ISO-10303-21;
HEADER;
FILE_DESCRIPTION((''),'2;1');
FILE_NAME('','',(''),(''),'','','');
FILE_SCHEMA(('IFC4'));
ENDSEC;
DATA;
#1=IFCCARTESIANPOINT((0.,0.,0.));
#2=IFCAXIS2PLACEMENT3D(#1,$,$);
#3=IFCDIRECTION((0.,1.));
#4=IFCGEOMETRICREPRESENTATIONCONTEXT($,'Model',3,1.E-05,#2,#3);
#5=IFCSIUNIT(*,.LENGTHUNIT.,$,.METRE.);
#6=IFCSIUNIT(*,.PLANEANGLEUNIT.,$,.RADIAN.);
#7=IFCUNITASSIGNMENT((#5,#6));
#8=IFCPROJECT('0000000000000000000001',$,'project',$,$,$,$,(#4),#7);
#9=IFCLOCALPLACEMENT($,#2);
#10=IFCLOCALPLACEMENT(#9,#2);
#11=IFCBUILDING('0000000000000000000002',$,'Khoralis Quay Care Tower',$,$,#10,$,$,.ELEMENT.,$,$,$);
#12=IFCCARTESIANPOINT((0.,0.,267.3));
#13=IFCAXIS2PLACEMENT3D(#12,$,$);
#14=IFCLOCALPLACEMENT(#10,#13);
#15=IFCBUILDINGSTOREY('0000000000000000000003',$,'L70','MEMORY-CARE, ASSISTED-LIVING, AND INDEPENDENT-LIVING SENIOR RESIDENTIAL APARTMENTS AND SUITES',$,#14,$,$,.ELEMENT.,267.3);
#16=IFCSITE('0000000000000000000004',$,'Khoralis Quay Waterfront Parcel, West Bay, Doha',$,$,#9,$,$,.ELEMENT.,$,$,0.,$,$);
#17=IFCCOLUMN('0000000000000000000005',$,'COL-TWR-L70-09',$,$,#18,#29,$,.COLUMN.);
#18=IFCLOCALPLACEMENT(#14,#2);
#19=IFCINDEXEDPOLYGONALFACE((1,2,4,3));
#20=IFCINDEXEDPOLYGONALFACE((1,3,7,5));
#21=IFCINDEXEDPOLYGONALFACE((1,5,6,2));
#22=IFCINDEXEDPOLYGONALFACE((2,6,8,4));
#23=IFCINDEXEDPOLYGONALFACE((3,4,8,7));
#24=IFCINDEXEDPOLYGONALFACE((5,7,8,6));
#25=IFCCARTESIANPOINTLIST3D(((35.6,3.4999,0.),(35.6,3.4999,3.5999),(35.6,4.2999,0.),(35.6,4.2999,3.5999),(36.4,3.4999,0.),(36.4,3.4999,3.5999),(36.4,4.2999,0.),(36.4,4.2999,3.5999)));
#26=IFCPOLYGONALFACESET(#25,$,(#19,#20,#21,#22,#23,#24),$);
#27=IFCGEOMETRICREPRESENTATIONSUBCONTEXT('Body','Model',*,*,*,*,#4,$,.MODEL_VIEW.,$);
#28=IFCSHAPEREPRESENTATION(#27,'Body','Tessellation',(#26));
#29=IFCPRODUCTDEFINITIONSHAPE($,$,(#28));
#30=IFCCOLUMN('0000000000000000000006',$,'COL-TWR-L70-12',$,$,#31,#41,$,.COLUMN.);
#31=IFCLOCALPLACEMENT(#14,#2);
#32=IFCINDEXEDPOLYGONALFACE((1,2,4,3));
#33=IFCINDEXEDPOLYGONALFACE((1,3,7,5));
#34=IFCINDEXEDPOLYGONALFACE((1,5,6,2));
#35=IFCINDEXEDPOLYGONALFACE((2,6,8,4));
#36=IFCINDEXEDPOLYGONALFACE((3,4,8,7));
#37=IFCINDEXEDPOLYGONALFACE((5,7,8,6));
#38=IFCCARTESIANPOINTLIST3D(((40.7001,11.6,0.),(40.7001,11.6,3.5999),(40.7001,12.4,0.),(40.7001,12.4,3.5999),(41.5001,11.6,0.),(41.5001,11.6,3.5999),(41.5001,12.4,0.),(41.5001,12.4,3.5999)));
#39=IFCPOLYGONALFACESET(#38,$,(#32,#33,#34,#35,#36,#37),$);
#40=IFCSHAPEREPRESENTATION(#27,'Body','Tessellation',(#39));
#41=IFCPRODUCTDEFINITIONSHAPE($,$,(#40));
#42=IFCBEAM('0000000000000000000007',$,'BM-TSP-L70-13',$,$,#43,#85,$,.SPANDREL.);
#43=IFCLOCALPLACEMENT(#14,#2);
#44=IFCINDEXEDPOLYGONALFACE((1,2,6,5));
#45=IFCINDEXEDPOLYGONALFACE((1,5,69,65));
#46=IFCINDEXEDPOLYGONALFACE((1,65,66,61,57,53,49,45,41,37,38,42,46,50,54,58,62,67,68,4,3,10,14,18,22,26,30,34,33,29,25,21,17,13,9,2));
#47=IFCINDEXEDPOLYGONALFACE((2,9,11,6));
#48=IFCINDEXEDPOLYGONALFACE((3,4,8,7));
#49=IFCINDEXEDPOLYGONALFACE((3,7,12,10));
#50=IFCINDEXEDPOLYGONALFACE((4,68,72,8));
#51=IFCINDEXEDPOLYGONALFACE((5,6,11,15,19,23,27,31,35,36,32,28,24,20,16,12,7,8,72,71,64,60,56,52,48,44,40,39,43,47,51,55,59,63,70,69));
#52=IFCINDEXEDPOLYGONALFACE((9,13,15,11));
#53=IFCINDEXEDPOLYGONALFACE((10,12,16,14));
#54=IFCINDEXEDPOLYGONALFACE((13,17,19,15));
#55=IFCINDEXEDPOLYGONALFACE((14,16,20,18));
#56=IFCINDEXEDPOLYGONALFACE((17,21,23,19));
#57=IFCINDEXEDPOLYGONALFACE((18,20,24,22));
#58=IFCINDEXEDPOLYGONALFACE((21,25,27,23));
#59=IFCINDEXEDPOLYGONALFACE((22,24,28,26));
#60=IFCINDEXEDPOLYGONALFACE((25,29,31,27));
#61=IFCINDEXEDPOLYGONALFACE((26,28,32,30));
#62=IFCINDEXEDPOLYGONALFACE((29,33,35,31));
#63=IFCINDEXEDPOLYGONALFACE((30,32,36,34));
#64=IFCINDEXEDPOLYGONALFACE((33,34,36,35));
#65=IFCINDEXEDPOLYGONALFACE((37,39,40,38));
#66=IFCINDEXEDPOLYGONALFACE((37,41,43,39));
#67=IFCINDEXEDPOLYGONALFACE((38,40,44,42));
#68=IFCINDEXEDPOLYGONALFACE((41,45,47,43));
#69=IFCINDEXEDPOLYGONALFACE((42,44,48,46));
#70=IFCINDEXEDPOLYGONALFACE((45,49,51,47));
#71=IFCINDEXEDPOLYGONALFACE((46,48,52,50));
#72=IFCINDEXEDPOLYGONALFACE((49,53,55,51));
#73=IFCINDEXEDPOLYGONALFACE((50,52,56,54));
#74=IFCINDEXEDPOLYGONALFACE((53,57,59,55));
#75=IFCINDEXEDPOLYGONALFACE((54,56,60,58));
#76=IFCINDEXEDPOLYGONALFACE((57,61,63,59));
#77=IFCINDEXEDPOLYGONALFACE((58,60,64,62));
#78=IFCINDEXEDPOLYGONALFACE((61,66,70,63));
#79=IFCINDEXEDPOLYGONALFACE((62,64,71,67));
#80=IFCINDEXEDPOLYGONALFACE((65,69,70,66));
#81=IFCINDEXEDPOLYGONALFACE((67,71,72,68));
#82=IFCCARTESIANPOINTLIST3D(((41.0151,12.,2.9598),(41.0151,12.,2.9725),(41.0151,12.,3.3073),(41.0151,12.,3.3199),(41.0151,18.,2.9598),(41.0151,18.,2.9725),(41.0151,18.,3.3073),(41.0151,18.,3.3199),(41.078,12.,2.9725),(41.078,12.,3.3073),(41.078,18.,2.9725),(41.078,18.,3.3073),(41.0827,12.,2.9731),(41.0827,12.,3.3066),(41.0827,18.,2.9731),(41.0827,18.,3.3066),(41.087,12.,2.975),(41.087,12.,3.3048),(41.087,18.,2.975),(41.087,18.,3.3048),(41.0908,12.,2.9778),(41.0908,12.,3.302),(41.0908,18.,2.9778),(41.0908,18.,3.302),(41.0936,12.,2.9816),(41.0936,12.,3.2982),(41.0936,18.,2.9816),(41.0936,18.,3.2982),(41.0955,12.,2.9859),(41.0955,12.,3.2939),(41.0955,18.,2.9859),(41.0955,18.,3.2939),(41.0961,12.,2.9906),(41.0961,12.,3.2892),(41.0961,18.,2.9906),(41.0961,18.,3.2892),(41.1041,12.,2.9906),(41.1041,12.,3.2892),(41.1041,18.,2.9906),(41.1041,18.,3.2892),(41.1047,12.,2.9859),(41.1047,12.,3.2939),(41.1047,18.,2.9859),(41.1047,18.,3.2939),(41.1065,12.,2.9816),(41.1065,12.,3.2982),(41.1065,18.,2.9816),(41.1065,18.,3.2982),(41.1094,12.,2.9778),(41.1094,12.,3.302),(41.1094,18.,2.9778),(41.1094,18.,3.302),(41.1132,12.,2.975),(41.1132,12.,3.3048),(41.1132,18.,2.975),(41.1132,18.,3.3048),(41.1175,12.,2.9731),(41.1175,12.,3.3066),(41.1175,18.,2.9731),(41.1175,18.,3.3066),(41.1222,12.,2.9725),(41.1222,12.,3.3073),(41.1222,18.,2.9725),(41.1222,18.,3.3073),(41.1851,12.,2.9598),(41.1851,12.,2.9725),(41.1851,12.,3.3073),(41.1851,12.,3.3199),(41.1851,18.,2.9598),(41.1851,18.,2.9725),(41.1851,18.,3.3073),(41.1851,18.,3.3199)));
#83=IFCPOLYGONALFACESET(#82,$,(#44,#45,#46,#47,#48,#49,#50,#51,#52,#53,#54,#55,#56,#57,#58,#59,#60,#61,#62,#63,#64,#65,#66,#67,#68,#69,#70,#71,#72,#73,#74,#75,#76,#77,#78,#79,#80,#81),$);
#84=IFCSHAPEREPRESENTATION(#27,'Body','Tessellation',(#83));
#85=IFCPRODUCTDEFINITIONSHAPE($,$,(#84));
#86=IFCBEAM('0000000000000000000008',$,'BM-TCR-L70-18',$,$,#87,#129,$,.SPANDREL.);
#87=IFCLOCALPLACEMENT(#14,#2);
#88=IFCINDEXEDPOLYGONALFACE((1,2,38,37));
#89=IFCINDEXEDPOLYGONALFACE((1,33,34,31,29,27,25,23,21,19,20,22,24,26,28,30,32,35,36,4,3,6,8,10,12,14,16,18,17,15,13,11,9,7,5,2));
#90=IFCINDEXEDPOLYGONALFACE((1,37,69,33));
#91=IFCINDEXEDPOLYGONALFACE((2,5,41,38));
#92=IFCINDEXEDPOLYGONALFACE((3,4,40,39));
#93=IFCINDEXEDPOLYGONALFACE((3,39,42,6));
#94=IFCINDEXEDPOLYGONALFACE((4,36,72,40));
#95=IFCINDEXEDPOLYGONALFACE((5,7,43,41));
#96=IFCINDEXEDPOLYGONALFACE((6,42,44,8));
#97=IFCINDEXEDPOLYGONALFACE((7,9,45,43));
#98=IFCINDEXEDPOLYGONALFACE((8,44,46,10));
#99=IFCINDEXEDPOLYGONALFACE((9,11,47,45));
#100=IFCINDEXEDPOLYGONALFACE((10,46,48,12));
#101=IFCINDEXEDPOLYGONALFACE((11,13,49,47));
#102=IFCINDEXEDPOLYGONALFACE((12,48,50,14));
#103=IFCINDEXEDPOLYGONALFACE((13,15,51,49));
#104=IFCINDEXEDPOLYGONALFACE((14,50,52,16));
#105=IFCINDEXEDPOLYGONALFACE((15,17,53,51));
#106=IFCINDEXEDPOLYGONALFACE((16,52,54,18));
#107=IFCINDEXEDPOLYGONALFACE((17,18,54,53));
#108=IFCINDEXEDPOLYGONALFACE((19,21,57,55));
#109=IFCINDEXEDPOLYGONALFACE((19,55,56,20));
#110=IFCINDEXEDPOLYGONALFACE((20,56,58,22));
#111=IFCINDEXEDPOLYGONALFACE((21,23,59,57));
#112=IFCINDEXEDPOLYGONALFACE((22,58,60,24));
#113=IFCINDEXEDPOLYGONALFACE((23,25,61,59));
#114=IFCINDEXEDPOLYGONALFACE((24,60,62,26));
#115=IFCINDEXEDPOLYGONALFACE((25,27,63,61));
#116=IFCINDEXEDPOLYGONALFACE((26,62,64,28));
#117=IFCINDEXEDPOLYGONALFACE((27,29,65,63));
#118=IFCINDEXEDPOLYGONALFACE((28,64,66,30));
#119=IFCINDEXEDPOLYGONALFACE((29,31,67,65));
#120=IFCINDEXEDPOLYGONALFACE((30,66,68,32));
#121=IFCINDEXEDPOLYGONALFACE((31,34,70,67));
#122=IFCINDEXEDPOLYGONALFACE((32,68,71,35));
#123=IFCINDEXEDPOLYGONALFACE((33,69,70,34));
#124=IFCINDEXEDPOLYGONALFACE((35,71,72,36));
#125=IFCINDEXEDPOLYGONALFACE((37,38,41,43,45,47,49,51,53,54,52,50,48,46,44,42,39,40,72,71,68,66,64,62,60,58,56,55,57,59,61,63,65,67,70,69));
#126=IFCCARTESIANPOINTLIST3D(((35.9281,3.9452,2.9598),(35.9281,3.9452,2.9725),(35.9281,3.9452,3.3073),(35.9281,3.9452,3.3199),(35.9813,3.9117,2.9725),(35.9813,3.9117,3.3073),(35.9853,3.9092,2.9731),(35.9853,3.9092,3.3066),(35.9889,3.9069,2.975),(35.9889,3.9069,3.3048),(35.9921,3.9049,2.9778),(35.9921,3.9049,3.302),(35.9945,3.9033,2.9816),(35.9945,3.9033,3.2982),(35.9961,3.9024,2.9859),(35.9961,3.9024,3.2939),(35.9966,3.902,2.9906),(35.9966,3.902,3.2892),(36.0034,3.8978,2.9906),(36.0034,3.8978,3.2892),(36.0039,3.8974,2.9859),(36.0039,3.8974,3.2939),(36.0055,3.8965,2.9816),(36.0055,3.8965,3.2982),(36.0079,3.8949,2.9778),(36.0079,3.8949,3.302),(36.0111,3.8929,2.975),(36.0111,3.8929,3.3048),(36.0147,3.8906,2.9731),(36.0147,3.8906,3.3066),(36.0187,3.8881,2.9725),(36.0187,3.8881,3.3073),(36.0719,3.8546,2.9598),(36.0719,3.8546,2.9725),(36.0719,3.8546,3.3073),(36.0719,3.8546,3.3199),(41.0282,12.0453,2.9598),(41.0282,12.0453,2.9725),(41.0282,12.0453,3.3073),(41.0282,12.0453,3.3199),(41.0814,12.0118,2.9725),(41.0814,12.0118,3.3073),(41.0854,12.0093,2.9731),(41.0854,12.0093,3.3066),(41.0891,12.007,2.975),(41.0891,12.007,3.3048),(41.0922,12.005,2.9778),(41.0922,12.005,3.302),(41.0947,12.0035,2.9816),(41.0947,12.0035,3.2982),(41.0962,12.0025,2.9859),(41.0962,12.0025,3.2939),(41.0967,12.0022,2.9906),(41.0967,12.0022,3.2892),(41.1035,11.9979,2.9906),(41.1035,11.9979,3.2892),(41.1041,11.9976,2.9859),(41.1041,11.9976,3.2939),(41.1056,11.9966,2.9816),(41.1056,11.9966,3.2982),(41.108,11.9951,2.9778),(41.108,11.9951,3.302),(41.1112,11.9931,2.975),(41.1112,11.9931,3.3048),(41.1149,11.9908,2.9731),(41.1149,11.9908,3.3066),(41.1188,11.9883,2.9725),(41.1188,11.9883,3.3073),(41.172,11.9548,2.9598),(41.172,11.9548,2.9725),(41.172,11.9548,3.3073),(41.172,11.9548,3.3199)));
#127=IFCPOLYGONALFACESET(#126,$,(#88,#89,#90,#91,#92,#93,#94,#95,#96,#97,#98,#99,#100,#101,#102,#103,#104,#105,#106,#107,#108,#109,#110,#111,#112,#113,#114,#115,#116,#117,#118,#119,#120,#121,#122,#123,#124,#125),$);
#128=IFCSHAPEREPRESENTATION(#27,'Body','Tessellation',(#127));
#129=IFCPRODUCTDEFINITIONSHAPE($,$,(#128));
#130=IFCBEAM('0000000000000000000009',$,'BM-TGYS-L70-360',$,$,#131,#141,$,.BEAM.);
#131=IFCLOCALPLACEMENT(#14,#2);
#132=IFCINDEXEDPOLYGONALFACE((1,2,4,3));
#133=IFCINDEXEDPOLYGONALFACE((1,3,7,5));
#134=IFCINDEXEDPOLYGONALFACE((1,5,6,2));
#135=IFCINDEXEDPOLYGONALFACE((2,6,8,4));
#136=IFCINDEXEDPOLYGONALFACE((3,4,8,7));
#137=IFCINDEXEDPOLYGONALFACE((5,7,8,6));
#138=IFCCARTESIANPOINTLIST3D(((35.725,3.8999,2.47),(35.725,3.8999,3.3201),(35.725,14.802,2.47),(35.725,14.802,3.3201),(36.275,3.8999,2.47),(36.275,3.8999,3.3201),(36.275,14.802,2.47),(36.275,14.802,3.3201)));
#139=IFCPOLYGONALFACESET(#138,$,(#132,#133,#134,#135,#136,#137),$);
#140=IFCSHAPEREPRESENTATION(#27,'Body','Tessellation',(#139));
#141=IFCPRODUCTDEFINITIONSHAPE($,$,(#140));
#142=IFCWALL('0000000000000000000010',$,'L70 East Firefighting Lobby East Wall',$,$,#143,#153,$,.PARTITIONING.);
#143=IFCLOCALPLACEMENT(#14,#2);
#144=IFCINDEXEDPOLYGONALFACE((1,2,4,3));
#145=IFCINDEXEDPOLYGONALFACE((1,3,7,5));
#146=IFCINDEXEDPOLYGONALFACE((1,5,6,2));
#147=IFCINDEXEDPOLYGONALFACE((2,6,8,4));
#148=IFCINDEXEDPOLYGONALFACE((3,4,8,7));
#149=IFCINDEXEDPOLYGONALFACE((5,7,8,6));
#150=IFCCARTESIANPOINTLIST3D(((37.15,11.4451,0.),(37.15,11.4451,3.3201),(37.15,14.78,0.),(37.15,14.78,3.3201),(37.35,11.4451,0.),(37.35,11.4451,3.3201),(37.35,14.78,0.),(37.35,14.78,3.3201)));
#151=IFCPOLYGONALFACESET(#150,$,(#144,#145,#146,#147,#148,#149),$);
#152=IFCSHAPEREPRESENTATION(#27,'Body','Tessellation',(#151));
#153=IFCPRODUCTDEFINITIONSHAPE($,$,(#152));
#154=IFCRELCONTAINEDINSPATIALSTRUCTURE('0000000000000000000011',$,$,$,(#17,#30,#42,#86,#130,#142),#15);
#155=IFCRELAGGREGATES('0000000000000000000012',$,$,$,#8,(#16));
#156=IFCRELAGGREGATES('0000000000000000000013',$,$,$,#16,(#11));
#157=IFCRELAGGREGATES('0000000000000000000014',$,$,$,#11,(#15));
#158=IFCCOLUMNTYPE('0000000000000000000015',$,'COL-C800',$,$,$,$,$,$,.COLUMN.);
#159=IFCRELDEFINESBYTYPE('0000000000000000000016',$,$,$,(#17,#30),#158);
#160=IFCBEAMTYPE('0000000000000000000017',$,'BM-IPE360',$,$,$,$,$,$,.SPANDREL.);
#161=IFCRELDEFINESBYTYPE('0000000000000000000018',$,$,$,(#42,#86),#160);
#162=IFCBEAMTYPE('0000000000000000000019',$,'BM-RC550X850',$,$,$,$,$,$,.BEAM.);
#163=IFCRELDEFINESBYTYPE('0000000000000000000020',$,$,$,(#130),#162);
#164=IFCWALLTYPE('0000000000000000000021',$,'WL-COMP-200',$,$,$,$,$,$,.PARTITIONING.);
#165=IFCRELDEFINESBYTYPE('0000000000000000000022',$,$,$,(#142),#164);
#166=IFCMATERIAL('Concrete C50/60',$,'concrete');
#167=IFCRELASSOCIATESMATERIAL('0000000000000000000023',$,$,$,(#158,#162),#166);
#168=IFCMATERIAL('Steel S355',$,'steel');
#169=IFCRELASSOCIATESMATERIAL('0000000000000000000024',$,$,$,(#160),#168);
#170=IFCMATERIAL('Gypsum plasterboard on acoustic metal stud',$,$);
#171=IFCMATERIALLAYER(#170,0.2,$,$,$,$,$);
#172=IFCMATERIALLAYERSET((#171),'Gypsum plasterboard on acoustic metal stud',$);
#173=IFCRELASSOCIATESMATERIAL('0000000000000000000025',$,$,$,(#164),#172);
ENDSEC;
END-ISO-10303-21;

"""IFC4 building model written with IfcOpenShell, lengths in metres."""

from ifc_helpers import new_model, si_unit, direction, frame, frame_2d, origin, origin_2d, place, context, subcontext, project, spatial, rectangle, i_section, extrude, source, transform, mapped, material, layer, layer_set, material_profile, profile_set, type_object, element, save


model = new_model("IFC4")

# Units and contexts
model_context = context("Model", 3, precision=1e-05, world=origin(), true_north=direction((0.0, 1.0)))
body_context = subcontext(model_context, "Body", "Model", "MODEL_VIEW")
ifc_project = project(units=[si_unit("LENGTHUNIT", "METRE"), si_unit("PLANEANGLEUNIT", "RADIAN")], contexts=[model_context])

# Site, building, storey
site_placement = place(None, origin())
site = spatial("IfcSite", under=ifc_project, at=site_placement, Name="Khoralis Quay Waterfront Parcel, West Bay, Doha", CompositionType="ELEMENT", RefElevation=0.0)
building_placement = place(site_placement, origin())
building = spatial("IfcBuilding", under=site, at=building_placement, Name="Khoralis Quay Care Tower", CompositionType="ELEMENT")
storey_placement = place(building_placement, frame((0.0, 0.0, 267.3)))
storey = spatial("IfcBuildingStorey", under=building, at=storey_placement, Name="L70", Description="MEMORY-CARE, ASSISTED-LIVING, AND INDEPENDENT-LIVING SENIOR RESIDENTIAL APARTMENTS AND SUITES", CompositionType="ELEMENT", Elevation=267.3)

# Columns
ifc_material_1 = material(Name="Concrete C50/60", Category="concrete")
ifc_material_profile_1 = material_profile(ifc_material_1, rectangle(XDim=0.8, YDim=0.8, at=origin_2d()), Name="Concrete C50/60")
ifc_profile_set_1 = profile_set([ifc_material_profile_1], Name="Concrete C50/60")
column_type = type_object("IfcColumnType", Name="COL-C800", PredefinedType="COLUMN", material=ifc_profile_set_1)
shared_shape_1 = source(origin(), body_context, "Body", "SweptSolid", [
    extrude(rectangle(XDim=0.8, YDim=0.8, at=origin_2d()), origin(), (0.0, 0.0, 1.0), 3.5999),
])
for number, where, z_axis, x_axis, name in (
    (1, (36.0, 3.8999, 0.0), (0.0, 0.0, 1.0), (1.0, 0.0, 0.0), "COL-TWR-L70-09"),
    (2, (41.1001, 12.0, 0.0), (0.0, 0.0, 1.0), (1.0, 0.0, 0.0), "COL-TWR-L70-12"),
):
    element("IfcColumn", number, at=place(storey_placement, frame(where, z_axis=z_axis, x_axis=x_axis)), inside=storey, type_object=column_type, Name=name, PredefinedType="COLUMN", context=body_context, shape_type="MappedRepresentation", body=[
        mapped(shared_shape_1, transform((0.0, 0.0, 0.0), scale=1.0)),
    ])

# Beams
ifc_material_2 = material(Name="Steel S355", Category="steel")
ifc_material_profile_2 = material_profile(ifc_material_2, i_section(OverallWidth=0.1699, OverallDepth=0.3601, WebThickness=0.0081, FlangeThickness=0.0127, FilletRadius=0.0181, at=origin_2d()), Name="Steel S355")
ifc_profile_set_2 = profile_set([ifc_material_profile_2], Name="Steel S355")
beam_type_1 = type_object("IfcBeamType", Name="BM-IPE360", PredefinedType="SPANDREL", material=ifc_profile_set_2)
shared_shape_2 = source(origin(), body_context, "Body", "SweptSolid", [
    extrude(i_section(OverallWidth=0.1699, OverallDepth=0.3601, WebThickness=0.0081, FlangeThickness=0.0127, FilletRadius=0.0181, at=origin_2d()), origin(), (0.0, 0.0, 1.0), 6.0),
])
beam_1_placement = place(storey_placement, frame((41.1001, 12.0, 3.1399), z_axis=(0.0, 1.0, 0.0), x_axis=(-1.0, 0.0, 0.0)))
element("IfcBeam", 3, at=beam_1_placement, inside=storey, type_object=beam_type_1, Name="BM-TSP-L70-13", PredefinedType="SPANDREL", context=body_context, shape_type="MappedRepresentation", body=[
    mapped(shared_shape_2, transform((0.0, 0.0, 0.0), scale=1.0)),
])
shared_shape_3 = source(origin(), body_context, "Body", "SweptSolid", [
    extrude(i_section(OverallWidth=0.1699, OverallDepth=0.3601, WebThickness=0.0081, FlangeThickness=0.0127, FilletRadius=0.0181, at=origin_2d()), origin(), (0.0, 0.0, 1.0), 9.572),
])
beam_2_placement = place(storey_placement, frame((36.0, 3.8999, 3.1399), z_axis=(0.532816, 0.846231, 0.0), x_axis=(-0.846231, 0.532816, 0.0)))
element("IfcBeam", 4, at=beam_2_placement, inside=storey, type_object=beam_type_1, Name="BM-TCR-L70-18", PredefinedType="SPANDREL", context=body_context, shape_type="MappedRepresentation", body=[
    mapped(shared_shape_3, transform((0.0, 0.0, 0.0), scale=1.0)),
])
ifc_material_profile_3 = material_profile(ifc_material_1, rectangle(XDim=0.55, YDim=0.8501, at=origin_2d()), Name="Concrete C50/60")
ifc_profile_set_3 = profile_set([ifc_material_profile_3], Name="Concrete C50/60")
beam_type_2 = type_object("IfcBeamType", Name="BM-RC550X850", PredefinedType="BEAM", material=ifc_profile_set_3)
shared_shape_4 = source(origin(), body_context, "Body", "SweptSolid", [
    extrude(rectangle(XDim=0.55, YDim=0.8501, at=origin_2d()), origin(), (0.0, 0.0, 1.0), 10.9021),
])
beam_3_placement = place(storey_placement, frame((36.0, 3.8999, 2.895), z_axis=(0.0, 1.0, 0.0), x_axis=(-1.0, 0.0, 0.0)))
element("IfcBeam", 5, at=beam_3_placement, inside=storey, type_object=beam_type_2, Name="BM-TGYS-L70-360", PredefinedType="BEAM", context=body_context, shape_type="MappedRepresentation", body=[
    mapped(shared_shape_4, transform((0.0, 0.0, 0.0), scale=1.0)),
])

# Wall
ifc_material_3 = material(Name="Gypsum plasterboard on acoustic metal stud")
ifc_layer_1 = layer(ifc_material_3, 0.2)
ifc_layer_set_1 = layer_set([ifc_layer_1], Name="Gypsum plasterboard on acoustic metal stud")
wall_type_1 = type_object("IfcWallType", Name="WL-COMP-200", PredefinedType="PARTITIONING", material=ifc_layer_set_1)
wall_1_placement = place(storey_placement, frame((37.25, 11.4451, 0.0), z_axis=(0.0, 0.0, 1.0), x_axis=(0.0, 1.0, 0.0)))
element("IfcWall", 6, at=wall_1_placement, inside=storey, type_object=wall_type_1, Name="L70 East Firefighting Lobby East Wall", PredefinedType="PARTITIONING", context=body_context, shape_type="SweptSolid", body=[
    extrude(rectangle(XDim=3.335, YDim=0.2, at=frame_2d((1.6675, 0.0))), origin(), (0.0, 0.0, 1.0), 3.3201),
])

save(model, "model.ifc")
